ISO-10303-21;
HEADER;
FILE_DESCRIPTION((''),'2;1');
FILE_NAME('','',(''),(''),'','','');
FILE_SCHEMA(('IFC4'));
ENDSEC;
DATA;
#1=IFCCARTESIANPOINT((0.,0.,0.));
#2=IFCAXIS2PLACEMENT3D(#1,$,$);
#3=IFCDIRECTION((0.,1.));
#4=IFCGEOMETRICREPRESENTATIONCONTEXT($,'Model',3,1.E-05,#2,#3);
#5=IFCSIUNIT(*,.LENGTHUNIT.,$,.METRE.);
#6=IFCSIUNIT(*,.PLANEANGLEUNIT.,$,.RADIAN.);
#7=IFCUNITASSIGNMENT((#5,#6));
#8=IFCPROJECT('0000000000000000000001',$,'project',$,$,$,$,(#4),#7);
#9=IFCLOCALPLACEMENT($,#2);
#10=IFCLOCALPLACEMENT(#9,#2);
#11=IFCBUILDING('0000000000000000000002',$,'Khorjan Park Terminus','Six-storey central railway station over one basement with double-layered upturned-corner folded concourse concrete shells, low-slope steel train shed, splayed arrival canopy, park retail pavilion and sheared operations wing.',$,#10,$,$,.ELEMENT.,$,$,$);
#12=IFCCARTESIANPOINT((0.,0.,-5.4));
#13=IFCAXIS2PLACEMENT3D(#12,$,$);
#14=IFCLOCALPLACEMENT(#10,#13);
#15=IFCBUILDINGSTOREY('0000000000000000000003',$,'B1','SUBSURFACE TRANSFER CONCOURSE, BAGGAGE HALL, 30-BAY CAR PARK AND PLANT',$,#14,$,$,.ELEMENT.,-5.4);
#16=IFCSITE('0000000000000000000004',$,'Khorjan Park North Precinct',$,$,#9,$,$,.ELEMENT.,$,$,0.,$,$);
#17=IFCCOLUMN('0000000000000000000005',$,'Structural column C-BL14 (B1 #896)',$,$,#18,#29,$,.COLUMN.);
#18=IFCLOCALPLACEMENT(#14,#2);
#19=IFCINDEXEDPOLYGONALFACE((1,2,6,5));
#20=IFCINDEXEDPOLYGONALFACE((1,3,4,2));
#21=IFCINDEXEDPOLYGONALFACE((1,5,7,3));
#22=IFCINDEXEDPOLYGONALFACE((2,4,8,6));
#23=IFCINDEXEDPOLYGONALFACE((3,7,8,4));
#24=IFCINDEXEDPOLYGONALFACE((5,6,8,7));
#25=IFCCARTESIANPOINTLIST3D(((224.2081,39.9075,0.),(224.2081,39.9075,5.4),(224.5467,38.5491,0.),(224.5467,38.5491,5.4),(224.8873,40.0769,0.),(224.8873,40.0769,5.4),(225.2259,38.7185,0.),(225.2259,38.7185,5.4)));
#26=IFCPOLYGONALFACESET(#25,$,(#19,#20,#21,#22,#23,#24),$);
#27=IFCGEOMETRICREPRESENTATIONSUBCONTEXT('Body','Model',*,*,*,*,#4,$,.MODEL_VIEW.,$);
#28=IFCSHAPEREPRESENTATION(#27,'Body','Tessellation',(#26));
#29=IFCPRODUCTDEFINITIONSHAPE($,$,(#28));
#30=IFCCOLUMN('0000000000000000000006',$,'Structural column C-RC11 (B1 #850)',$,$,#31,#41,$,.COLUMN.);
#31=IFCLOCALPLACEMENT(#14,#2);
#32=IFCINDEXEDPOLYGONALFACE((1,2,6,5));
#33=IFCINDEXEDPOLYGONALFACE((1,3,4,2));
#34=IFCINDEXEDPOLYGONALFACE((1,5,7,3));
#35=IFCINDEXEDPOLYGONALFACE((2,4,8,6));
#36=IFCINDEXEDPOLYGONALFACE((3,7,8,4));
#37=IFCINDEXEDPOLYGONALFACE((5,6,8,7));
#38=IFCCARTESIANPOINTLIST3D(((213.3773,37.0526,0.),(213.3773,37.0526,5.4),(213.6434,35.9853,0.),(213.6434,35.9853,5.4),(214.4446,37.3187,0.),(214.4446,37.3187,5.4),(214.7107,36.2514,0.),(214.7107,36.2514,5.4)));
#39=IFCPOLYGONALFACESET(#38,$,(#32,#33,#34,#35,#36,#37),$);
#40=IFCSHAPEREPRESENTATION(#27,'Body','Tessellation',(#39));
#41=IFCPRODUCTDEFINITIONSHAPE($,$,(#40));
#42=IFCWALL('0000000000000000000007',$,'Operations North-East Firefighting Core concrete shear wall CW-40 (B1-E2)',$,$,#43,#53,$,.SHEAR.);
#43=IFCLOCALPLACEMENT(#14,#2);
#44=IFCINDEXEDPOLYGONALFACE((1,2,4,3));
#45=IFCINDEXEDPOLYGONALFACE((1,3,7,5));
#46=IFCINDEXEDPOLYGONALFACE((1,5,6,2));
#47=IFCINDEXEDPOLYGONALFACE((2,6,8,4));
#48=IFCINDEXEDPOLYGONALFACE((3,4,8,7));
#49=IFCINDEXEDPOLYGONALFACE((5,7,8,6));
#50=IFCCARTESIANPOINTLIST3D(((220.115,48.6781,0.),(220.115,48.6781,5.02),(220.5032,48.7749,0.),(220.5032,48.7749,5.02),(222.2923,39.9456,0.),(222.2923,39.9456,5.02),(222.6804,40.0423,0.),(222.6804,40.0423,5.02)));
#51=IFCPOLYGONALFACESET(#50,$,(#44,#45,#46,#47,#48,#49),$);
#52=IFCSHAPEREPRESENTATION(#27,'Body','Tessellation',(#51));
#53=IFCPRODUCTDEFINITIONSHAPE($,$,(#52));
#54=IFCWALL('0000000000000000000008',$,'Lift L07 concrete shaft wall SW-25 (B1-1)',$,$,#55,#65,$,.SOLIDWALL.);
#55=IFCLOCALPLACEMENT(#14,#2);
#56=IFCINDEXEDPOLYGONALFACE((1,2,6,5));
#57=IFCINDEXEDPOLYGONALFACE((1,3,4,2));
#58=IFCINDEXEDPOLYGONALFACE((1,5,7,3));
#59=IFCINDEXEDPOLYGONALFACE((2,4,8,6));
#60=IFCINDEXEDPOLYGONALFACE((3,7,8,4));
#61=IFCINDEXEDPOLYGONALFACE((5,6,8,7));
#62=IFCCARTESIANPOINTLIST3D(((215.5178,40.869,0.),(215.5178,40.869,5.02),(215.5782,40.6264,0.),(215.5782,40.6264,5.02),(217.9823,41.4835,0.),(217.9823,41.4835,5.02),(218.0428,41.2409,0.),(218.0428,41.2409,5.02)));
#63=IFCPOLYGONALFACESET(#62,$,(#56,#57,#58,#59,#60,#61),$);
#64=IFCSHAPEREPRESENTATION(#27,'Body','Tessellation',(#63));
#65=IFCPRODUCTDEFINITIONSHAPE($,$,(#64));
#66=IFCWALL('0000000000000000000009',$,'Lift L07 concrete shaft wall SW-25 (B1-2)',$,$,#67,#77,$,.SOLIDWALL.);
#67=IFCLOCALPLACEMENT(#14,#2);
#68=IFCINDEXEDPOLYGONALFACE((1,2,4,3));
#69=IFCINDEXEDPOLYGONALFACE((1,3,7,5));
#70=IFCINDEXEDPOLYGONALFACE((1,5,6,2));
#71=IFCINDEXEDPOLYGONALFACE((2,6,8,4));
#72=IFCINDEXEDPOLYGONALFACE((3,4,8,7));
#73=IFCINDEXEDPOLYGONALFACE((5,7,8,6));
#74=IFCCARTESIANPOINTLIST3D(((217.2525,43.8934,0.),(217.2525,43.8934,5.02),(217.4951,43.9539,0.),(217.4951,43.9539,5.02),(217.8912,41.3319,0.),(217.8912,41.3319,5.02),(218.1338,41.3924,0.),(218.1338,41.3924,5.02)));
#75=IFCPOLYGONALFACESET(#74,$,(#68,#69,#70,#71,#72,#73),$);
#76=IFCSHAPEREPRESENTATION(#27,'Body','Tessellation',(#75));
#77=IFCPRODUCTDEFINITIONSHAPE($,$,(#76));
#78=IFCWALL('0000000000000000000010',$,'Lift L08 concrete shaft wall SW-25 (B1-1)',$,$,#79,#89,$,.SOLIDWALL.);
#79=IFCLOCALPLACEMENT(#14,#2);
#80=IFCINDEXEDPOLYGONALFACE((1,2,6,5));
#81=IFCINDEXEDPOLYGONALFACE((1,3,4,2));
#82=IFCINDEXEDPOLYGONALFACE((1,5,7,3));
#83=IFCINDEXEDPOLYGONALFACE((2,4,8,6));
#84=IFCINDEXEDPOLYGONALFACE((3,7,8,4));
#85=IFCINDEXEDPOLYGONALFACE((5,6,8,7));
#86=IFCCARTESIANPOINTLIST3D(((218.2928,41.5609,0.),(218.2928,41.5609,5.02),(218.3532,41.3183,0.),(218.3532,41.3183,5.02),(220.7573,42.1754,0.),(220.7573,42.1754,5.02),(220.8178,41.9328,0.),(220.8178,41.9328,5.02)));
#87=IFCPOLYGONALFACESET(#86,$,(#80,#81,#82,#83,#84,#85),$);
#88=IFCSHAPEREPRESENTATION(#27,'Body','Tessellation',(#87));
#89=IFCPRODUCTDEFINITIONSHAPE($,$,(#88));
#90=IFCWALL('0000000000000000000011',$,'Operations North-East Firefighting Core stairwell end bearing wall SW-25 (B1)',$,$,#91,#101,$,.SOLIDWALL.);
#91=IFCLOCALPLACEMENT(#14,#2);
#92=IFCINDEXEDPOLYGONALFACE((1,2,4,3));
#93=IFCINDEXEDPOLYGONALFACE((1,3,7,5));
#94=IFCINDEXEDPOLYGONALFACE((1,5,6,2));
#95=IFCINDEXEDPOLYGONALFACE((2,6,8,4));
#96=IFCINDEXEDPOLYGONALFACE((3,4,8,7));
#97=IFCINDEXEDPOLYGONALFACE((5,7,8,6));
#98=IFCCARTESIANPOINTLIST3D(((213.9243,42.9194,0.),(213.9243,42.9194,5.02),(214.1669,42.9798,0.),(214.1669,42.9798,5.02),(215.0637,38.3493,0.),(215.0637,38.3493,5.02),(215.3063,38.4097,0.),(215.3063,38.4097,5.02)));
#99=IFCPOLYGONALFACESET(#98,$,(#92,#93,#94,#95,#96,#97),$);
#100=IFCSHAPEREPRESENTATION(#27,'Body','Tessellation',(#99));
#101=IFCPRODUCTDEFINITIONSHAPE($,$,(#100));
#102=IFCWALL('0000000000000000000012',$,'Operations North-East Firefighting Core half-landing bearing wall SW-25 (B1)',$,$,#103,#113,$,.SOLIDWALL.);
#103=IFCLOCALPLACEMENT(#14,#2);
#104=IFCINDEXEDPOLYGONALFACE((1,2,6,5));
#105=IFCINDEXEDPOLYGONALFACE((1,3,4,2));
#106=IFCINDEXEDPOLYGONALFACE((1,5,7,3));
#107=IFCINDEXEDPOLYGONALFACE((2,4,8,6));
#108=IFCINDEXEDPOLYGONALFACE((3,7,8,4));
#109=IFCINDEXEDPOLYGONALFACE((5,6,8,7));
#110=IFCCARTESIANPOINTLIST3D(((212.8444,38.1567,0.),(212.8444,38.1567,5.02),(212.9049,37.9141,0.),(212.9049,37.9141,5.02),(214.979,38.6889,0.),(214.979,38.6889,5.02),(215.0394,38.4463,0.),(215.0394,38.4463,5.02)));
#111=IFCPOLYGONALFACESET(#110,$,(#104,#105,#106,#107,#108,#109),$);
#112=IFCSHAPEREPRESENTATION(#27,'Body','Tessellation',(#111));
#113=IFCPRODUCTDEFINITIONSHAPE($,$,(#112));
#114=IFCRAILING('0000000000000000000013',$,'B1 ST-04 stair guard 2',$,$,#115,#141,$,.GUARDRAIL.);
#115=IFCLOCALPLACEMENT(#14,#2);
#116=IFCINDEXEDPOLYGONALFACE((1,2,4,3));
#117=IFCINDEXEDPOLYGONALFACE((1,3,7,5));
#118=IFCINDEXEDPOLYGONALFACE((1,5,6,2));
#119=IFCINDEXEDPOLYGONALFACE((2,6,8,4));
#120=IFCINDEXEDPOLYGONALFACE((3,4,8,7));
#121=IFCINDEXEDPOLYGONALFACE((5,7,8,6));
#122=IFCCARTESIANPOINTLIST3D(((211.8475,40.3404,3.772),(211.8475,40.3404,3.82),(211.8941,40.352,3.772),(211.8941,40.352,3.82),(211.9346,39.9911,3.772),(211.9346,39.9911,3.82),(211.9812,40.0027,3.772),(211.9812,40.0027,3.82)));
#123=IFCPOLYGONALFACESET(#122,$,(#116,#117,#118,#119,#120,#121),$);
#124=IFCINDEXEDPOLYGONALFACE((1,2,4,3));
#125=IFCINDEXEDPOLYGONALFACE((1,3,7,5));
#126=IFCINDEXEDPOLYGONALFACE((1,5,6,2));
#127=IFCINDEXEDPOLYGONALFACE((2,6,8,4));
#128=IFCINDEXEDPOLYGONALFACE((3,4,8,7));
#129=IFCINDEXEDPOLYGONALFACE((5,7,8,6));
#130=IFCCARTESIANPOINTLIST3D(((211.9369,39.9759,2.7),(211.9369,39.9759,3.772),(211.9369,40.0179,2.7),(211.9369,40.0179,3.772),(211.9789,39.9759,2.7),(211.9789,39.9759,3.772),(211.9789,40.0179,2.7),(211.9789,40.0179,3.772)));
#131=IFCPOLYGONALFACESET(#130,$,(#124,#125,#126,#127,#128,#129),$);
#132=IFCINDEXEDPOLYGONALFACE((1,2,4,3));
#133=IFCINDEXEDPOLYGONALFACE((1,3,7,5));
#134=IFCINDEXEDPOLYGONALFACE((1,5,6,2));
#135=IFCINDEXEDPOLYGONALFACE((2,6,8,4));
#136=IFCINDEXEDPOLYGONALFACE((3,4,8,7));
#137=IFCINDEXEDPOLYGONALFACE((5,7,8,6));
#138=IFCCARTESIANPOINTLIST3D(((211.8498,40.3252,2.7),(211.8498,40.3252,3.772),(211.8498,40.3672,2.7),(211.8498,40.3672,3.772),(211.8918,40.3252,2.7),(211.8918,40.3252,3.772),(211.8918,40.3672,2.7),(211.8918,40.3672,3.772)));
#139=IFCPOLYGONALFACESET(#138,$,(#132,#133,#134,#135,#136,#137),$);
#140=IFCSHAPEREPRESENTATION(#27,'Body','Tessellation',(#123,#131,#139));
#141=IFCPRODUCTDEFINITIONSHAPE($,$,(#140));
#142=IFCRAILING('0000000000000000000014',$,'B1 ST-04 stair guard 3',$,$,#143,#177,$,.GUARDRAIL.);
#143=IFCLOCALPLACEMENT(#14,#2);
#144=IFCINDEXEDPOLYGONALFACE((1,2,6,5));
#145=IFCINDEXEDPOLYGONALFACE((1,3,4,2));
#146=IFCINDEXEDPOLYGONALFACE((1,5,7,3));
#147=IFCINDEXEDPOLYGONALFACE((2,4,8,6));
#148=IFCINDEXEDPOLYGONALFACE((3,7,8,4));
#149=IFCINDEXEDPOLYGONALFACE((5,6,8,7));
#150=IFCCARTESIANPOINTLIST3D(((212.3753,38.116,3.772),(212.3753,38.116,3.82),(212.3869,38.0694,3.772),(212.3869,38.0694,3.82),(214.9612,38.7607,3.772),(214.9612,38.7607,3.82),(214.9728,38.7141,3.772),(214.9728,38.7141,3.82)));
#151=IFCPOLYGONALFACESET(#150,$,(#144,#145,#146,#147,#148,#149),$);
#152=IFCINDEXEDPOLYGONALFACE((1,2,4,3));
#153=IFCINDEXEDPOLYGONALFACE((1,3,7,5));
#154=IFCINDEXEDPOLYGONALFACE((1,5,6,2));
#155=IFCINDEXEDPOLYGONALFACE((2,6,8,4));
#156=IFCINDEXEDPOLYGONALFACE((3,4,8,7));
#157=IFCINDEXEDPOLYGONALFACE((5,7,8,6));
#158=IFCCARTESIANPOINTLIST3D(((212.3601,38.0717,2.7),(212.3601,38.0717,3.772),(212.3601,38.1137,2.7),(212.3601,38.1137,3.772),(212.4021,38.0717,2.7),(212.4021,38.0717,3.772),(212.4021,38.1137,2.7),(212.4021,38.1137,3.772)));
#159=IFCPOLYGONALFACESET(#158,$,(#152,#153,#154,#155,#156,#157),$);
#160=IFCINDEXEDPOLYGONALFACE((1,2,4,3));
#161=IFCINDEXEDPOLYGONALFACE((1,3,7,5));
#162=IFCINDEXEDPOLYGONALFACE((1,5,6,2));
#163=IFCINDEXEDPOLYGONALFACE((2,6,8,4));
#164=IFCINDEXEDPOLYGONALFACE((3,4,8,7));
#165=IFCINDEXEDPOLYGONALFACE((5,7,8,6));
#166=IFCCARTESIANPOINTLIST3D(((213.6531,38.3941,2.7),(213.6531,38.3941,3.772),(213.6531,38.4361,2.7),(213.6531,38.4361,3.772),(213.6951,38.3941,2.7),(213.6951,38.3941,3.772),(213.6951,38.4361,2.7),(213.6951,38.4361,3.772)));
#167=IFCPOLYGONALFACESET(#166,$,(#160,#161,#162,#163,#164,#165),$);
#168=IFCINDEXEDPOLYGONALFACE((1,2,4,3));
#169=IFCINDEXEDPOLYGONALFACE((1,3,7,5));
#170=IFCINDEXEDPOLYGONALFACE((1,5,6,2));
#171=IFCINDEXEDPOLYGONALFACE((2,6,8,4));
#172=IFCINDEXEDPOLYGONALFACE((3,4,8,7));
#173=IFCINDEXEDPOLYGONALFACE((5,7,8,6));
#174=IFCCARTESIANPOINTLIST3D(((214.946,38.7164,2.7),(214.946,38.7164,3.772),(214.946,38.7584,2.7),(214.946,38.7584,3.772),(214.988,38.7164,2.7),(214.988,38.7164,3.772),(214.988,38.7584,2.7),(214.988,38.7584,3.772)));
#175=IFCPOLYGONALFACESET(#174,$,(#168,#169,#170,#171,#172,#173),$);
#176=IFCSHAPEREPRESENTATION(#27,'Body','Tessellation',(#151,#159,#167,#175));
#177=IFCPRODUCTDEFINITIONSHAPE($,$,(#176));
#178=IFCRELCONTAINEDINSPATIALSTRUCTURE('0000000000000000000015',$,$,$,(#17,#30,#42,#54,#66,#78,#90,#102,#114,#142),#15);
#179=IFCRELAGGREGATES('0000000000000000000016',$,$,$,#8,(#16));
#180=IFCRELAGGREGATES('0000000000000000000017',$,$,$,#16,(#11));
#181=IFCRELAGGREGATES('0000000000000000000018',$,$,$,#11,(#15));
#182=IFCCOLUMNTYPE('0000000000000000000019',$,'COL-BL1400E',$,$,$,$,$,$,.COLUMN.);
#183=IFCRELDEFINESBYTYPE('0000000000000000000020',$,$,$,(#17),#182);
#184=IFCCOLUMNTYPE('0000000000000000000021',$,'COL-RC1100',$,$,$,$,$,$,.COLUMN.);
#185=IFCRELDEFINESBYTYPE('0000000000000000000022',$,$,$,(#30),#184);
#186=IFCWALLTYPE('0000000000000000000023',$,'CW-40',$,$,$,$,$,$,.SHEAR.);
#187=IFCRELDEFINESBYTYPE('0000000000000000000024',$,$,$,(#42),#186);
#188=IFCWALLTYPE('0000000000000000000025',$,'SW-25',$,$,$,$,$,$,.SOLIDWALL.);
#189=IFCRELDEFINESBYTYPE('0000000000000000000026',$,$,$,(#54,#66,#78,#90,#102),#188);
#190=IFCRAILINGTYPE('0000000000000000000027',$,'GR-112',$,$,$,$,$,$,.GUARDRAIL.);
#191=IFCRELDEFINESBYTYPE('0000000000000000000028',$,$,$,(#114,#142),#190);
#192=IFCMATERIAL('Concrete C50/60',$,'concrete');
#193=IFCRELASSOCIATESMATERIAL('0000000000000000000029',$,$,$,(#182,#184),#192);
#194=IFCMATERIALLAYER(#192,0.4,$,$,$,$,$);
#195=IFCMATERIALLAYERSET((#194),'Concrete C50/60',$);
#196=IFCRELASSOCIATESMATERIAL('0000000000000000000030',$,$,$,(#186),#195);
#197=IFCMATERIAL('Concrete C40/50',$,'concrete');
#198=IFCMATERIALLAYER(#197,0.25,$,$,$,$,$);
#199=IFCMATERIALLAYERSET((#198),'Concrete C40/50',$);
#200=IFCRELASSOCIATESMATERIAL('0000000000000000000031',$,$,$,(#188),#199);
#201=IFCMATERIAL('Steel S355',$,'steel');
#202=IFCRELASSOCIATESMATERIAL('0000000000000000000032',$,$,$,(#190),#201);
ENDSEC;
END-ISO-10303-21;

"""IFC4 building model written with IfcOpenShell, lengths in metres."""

from ifc_helpers import new_model, si_unit, direction, frame, frame_2d, origin, origin_2d, place, context, subcontext, project, spatial, rectangle, extrude, material, layer, layer_set, material_profile, profile_set, type_object, element, save


model = new_model("IFC4")

# Units and contexts
model_context = context("Model", 3, precision=1e-05, world=origin(), true_north=direction((0.0, 1.0)))
body_context = subcontext(model_context, "Body", "Model", "MODEL_VIEW")
ifc_project = project(units=[si_unit("LENGTHUNIT", "METRE"), si_unit("PLANEANGLEUNIT", "RADIAN")], contexts=[model_context])

# Site, building, storey
site_placement = place(None, origin())
site = spatial("IfcSite", under=ifc_project, at=site_placement, Name="Khorjan Park North Precinct", CompositionType="ELEMENT", RefElevation=0.0)
building_placement = place(site_placement, origin())
building = spatial("IfcBuilding", under=site, at=building_placement, Name="Khorjan Park Terminus", Description="Six-storey central railway station over one basement with double-layered upturned-corner folded concourse concrete shells, low-slope steel train shed, splayed arrival canopy, park retail pavilion and sheared operations wing.", CompositionType="ELEMENT")
storey_placement = place(building_placement, frame((0.0, 0.0, -5.4)))
storey = spatial("IfcBuildingStorey", under=building, at=storey_placement, Name="B1", Description="SUBSURFACE TRANSFER CONCOURSE, BAGGAGE HALL, 30-BAY CAR PARK AND PLANT", CompositionType="ELEMENT", Elevation=-5.4)

# Shared definitions
ifc_material_1 = material(Name="Concrete C40/50", Category="concrete")

# Columns
ifc_material_2 = material(Name="Concrete C50/60", Category="concrete")
ifc_material_profile_1 = material_profile(ifc_material_2, rectangle(XDim=0.7, YDim=1.4, at=origin_2d()), Name="RC 700x1400")
ifc_profile_set_1 = profile_set([ifc_material_profile_1], Name="Concrete C50/60")
column_type_1 = type_object("IfcColumnType", Name="COL-BL1400E", PredefinedType="COLUMN", material=ifc_profile_set_1)
column_1_placement = place(storey_placement, frame((224.717, 39.313, 0.0), z_axis=(0.0, 0.0, 1.0), x_axis=(0.970296, 0.241922, 0.0)))
element("IfcColumn", 1, at=column_1_placement, inside=storey, type_object=column_type_1, Name="Structural column C-BL14 (B1 #896)", PredefinedType="COLUMN", context=body_context, shape_type="SweptSolid", body=[
    extrude(rectangle(XDim=0.7, YDim=1.4, at=origin_2d()), origin(), (0.0, 0.0, 1.0), 5.4),
])
ifc_material_profile_2 = material_profile(ifc_material_2, rectangle(XDim=1.1, YDim=1.1, at=origin_2d()), Name="RC 1100x1100")
ifc_profile_set_2 = profile_set([ifc_material_profile_2], Name="Concrete C50/60")
column_type_2 = type_object("IfcColumnType", Name="COL-RC1100", PredefinedType="COLUMN", material=ifc_profile_set_2)
column_2_placement = place(storey_placement, frame((214.044, 36.652, 0.0), z_axis=(0.0, 0.0, 1.0), x_axis=(0.970296, 0.241922, 0.0)))
element("IfcColumn", 2, at=column_2_placement, inside=storey, type_object=column_type_2, Name="Structural column C-RC11 (B1 #850)", PredefinedType="COLUMN", context=body_context, shape_type="SweptSolid", body=[
    extrude(rectangle(XDim=1.1, YDim=1.1, at=origin_2d()), origin(), (0.0, 0.0, 1.0), 5.4),
])

# Walls
ifc_layer_1 = layer(ifc_material_2, 0.4)
ifc_layer_set_1 = layer_set([ifc_layer_1], Name="Concrete C50/60")
wall_type_1 = type_object("IfcWallType", Name="CW-40", PredefinedType="SHEAR", material=ifc_layer_set_1)
wall_1_placement = place(storey_placement, frame((222.4864, 39.9939, 0.0), z_axis=(0.0, 0.0, 1.0), x_axis=(-0.241924, 0.970295, 0.0)))
element("IfcWall", 3, at=wall_1_placement, inside=storey, type_object=wall_type_1, Name="Operations North-East Firefighting Core concrete shear wall CW-40 (B1-E2)", PredefinedType="SHEAR", context=body_context, shape_type="SweptSolid", body=[
    extrude(rectangle(XDim=8.9999, YDim=0.4, at=frame_2d((4.5, 0.0))), origin(), (0.0, 0.0, 1.0), 5.02),
])
ifc_layer_2 = layer(ifc_material_1, 0.25)
ifc_layer_set_2 = layer_set([ifc_layer_2], Name="Concrete C40/50")
wall_type_2 = type_object("IfcWallType", Name="SW-25", PredefinedType="SOLIDWALL", material=ifc_layer_set_2)
wall_2_placement = place(storey_placement, frame((215.548, 40.7477, 0.0), z_axis=(0.0, 0.0, 1.0), x_axis=(0.970293, 0.241933, 0.0)))
element("IfcWall", 4, at=wall_2_placement, inside=storey, type_object=wall_type_2, Name="Lift L07 concrete shaft wall SW-25 (B1-1)", PredefinedType="SOLIDWALL", context=body_context, shape_type="SweptSolid", body=[
    extrude(rectangle(XDim=2.54, YDim=0.25, at=frame_2d((1.27, 0.0))), origin(), (0.0, 0.0, 1.0), 5.02),
])
wall_3_placement = place(storey_placement, frame((218.0125, 41.3622, 0.0), z_axis=(0.0, 0.0, 1.0), x_axis=(-0.241938, 0.970292, 0.0)))
element("IfcWall", 5, at=wall_3_placement, inside=storey, type_object=wall_type_2, Name="Lift L07 concrete shaft wall SW-25 (B1-2)", PredefinedType="SOLIDWALL", context=body_context, shape_type="SweptSolid", body=[
    extrude(rectangle(XDim=2.6399, YDim=0.25, at=frame_2d((1.3199, 0.0))), origin(), (0.0, 0.0, 1.0), 5.02),
])
wall_4_placement = place(storey_placement, frame((218.323, 41.4396, 0.0), z_axis=(0.0, 0.0, 1.0), x_axis=(0.970293, 0.241933, 0.0)))
element("IfcWall", 6, at=wall_4_placement, inside=storey, type_object=wall_type_2, Name="Lift L08 concrete shaft wall SW-25 (B1-1)", PredefinedType="SOLIDWALL", context=body_context, shape_type="SweptSolid", body=[
    extrude(rectangle(XDim=2.54, YDim=0.25, at=frame_2d((1.27, 0.0))), origin(), (0.0, 0.0, 1.0), 5.02),
])
wall_5_placement = place(storey_placement, frame((215.185, 38.3795, 0.0), z_axis=(0.0, 0.0, 1.0), x_axis=(-0.241911, 0.970298, 0.0)))
element("IfcWall", 7, at=wall_5_placement, inside=storey, type_object=wall_type_2, Name="Operations North-East Firefighting Core stairwell end bearing wall SW-25 (B1)", PredefinedType="SOLIDWALL", context=body_context, shape_type="SweptSolid", body=[
    extrude(rectangle(XDim=4.71, YDim=0.25, at=frame_2d((2.355, 0.0))), origin(), (0.0, 0.0, 1.0), 5.02),
])
wall_6_placement = place(storey_placement, frame((212.8747, 38.0354, 0.0), z_axis=(0.0, 0.0, 1.0), x_axis=(0.970297, 0.241915, 0.0)))
element("IfcWall", 8, at=wall_6_placement, inside=storey, type_object=wall_type_2, Name="Operations North-East Firefighting Core half-landing bearing wall SW-25 (B1)", PredefinedType="SOLIDWALL", context=body_context, shape_type="SweptSolid", body=[
    extrude(rectangle(XDim=2.1999, YDim=0.25, at=frame_2d((1.0999, 0.0))), origin(), (0.0, 0.0, 1.0), 5.02),
])

# Railings
ifc_material_3 = material(Name="Steel S355", Category="steel")
railing_type = type_object("IfcRailingType", Name="GR-112", PredefinedType="GUARDRAIL", material=ifc_material_3)
railing_1_placement = place(storey_placement, frame((211.9579, 39.9969, 2.7)))
element("IfcRailing", 9, at=railing_1_placement, inside=storey, type_object=railing_type, Name="B1 ST-04 stair guard 2", PredefinedType="GUARDRAIL", context=body_context, shape_type="SweptSolid", body=[
    extrude(rectangle(XDim=0.048, YDim=0.048, at=origin_2d()), frame((0.0, 0.0, 1.096), z_axis=(-0.241947, 0.970289, 0.0), x_axis=(-0.970289, -0.241947, 0.0)), (0.0, 0.0, 1.0), 0.36),
    extrude(rectangle(XDim=0.042, YDim=0.042, at=origin_2d()), origin(), (0.0, 0.0, 1.0), 1.072),
    extrude(rectangle(XDim=0.042, YDim=0.042, at=origin_2d()), frame((-0.0871, 0.3493, 0.0)), (0.0, 0.0, 1.0), 1.072),
])
railing_2_placement = place(storey_placement, frame((212.3811, 38.0927, 2.7)))
element("IfcRailing", 10, at=railing_2_placement, inside=storey, type_object=railing_type, Name="B1 ST-04 stair guard 3", PredefinedType="GUARDRAIL", context=body_context, shape_type="SweptSolid", body=[
    extrude(rectangle(XDim=0.048, YDim=0.048, at=origin_2d()), frame((0.0, 0.0, 1.096), z_axis=(0.970299, 0.241909, 0.0), x_axis=(-0.241909, 0.970299, 0.0)), (0.0, 0.0, 1.0), 2.6651),
    extrude(rectangle(XDim=0.042, YDim=0.042, at=origin_2d()), origin(), (0.0, 0.0, 1.0), 1.072),
    extrude(rectangle(XDim=0.042, YDim=0.042, at=origin_2d()), frame((1.293, 0.3224, 0.0)), (0.0, 0.0, 1.0), 1.072),
    extrude(rectangle(XDim=0.042, YDim=0.042, at=origin_2d()), frame((2.5859, 0.6447, 0.0)), (0.0, 0.0, 1.0), 1.072),
])

save(model, "model.ifc")
